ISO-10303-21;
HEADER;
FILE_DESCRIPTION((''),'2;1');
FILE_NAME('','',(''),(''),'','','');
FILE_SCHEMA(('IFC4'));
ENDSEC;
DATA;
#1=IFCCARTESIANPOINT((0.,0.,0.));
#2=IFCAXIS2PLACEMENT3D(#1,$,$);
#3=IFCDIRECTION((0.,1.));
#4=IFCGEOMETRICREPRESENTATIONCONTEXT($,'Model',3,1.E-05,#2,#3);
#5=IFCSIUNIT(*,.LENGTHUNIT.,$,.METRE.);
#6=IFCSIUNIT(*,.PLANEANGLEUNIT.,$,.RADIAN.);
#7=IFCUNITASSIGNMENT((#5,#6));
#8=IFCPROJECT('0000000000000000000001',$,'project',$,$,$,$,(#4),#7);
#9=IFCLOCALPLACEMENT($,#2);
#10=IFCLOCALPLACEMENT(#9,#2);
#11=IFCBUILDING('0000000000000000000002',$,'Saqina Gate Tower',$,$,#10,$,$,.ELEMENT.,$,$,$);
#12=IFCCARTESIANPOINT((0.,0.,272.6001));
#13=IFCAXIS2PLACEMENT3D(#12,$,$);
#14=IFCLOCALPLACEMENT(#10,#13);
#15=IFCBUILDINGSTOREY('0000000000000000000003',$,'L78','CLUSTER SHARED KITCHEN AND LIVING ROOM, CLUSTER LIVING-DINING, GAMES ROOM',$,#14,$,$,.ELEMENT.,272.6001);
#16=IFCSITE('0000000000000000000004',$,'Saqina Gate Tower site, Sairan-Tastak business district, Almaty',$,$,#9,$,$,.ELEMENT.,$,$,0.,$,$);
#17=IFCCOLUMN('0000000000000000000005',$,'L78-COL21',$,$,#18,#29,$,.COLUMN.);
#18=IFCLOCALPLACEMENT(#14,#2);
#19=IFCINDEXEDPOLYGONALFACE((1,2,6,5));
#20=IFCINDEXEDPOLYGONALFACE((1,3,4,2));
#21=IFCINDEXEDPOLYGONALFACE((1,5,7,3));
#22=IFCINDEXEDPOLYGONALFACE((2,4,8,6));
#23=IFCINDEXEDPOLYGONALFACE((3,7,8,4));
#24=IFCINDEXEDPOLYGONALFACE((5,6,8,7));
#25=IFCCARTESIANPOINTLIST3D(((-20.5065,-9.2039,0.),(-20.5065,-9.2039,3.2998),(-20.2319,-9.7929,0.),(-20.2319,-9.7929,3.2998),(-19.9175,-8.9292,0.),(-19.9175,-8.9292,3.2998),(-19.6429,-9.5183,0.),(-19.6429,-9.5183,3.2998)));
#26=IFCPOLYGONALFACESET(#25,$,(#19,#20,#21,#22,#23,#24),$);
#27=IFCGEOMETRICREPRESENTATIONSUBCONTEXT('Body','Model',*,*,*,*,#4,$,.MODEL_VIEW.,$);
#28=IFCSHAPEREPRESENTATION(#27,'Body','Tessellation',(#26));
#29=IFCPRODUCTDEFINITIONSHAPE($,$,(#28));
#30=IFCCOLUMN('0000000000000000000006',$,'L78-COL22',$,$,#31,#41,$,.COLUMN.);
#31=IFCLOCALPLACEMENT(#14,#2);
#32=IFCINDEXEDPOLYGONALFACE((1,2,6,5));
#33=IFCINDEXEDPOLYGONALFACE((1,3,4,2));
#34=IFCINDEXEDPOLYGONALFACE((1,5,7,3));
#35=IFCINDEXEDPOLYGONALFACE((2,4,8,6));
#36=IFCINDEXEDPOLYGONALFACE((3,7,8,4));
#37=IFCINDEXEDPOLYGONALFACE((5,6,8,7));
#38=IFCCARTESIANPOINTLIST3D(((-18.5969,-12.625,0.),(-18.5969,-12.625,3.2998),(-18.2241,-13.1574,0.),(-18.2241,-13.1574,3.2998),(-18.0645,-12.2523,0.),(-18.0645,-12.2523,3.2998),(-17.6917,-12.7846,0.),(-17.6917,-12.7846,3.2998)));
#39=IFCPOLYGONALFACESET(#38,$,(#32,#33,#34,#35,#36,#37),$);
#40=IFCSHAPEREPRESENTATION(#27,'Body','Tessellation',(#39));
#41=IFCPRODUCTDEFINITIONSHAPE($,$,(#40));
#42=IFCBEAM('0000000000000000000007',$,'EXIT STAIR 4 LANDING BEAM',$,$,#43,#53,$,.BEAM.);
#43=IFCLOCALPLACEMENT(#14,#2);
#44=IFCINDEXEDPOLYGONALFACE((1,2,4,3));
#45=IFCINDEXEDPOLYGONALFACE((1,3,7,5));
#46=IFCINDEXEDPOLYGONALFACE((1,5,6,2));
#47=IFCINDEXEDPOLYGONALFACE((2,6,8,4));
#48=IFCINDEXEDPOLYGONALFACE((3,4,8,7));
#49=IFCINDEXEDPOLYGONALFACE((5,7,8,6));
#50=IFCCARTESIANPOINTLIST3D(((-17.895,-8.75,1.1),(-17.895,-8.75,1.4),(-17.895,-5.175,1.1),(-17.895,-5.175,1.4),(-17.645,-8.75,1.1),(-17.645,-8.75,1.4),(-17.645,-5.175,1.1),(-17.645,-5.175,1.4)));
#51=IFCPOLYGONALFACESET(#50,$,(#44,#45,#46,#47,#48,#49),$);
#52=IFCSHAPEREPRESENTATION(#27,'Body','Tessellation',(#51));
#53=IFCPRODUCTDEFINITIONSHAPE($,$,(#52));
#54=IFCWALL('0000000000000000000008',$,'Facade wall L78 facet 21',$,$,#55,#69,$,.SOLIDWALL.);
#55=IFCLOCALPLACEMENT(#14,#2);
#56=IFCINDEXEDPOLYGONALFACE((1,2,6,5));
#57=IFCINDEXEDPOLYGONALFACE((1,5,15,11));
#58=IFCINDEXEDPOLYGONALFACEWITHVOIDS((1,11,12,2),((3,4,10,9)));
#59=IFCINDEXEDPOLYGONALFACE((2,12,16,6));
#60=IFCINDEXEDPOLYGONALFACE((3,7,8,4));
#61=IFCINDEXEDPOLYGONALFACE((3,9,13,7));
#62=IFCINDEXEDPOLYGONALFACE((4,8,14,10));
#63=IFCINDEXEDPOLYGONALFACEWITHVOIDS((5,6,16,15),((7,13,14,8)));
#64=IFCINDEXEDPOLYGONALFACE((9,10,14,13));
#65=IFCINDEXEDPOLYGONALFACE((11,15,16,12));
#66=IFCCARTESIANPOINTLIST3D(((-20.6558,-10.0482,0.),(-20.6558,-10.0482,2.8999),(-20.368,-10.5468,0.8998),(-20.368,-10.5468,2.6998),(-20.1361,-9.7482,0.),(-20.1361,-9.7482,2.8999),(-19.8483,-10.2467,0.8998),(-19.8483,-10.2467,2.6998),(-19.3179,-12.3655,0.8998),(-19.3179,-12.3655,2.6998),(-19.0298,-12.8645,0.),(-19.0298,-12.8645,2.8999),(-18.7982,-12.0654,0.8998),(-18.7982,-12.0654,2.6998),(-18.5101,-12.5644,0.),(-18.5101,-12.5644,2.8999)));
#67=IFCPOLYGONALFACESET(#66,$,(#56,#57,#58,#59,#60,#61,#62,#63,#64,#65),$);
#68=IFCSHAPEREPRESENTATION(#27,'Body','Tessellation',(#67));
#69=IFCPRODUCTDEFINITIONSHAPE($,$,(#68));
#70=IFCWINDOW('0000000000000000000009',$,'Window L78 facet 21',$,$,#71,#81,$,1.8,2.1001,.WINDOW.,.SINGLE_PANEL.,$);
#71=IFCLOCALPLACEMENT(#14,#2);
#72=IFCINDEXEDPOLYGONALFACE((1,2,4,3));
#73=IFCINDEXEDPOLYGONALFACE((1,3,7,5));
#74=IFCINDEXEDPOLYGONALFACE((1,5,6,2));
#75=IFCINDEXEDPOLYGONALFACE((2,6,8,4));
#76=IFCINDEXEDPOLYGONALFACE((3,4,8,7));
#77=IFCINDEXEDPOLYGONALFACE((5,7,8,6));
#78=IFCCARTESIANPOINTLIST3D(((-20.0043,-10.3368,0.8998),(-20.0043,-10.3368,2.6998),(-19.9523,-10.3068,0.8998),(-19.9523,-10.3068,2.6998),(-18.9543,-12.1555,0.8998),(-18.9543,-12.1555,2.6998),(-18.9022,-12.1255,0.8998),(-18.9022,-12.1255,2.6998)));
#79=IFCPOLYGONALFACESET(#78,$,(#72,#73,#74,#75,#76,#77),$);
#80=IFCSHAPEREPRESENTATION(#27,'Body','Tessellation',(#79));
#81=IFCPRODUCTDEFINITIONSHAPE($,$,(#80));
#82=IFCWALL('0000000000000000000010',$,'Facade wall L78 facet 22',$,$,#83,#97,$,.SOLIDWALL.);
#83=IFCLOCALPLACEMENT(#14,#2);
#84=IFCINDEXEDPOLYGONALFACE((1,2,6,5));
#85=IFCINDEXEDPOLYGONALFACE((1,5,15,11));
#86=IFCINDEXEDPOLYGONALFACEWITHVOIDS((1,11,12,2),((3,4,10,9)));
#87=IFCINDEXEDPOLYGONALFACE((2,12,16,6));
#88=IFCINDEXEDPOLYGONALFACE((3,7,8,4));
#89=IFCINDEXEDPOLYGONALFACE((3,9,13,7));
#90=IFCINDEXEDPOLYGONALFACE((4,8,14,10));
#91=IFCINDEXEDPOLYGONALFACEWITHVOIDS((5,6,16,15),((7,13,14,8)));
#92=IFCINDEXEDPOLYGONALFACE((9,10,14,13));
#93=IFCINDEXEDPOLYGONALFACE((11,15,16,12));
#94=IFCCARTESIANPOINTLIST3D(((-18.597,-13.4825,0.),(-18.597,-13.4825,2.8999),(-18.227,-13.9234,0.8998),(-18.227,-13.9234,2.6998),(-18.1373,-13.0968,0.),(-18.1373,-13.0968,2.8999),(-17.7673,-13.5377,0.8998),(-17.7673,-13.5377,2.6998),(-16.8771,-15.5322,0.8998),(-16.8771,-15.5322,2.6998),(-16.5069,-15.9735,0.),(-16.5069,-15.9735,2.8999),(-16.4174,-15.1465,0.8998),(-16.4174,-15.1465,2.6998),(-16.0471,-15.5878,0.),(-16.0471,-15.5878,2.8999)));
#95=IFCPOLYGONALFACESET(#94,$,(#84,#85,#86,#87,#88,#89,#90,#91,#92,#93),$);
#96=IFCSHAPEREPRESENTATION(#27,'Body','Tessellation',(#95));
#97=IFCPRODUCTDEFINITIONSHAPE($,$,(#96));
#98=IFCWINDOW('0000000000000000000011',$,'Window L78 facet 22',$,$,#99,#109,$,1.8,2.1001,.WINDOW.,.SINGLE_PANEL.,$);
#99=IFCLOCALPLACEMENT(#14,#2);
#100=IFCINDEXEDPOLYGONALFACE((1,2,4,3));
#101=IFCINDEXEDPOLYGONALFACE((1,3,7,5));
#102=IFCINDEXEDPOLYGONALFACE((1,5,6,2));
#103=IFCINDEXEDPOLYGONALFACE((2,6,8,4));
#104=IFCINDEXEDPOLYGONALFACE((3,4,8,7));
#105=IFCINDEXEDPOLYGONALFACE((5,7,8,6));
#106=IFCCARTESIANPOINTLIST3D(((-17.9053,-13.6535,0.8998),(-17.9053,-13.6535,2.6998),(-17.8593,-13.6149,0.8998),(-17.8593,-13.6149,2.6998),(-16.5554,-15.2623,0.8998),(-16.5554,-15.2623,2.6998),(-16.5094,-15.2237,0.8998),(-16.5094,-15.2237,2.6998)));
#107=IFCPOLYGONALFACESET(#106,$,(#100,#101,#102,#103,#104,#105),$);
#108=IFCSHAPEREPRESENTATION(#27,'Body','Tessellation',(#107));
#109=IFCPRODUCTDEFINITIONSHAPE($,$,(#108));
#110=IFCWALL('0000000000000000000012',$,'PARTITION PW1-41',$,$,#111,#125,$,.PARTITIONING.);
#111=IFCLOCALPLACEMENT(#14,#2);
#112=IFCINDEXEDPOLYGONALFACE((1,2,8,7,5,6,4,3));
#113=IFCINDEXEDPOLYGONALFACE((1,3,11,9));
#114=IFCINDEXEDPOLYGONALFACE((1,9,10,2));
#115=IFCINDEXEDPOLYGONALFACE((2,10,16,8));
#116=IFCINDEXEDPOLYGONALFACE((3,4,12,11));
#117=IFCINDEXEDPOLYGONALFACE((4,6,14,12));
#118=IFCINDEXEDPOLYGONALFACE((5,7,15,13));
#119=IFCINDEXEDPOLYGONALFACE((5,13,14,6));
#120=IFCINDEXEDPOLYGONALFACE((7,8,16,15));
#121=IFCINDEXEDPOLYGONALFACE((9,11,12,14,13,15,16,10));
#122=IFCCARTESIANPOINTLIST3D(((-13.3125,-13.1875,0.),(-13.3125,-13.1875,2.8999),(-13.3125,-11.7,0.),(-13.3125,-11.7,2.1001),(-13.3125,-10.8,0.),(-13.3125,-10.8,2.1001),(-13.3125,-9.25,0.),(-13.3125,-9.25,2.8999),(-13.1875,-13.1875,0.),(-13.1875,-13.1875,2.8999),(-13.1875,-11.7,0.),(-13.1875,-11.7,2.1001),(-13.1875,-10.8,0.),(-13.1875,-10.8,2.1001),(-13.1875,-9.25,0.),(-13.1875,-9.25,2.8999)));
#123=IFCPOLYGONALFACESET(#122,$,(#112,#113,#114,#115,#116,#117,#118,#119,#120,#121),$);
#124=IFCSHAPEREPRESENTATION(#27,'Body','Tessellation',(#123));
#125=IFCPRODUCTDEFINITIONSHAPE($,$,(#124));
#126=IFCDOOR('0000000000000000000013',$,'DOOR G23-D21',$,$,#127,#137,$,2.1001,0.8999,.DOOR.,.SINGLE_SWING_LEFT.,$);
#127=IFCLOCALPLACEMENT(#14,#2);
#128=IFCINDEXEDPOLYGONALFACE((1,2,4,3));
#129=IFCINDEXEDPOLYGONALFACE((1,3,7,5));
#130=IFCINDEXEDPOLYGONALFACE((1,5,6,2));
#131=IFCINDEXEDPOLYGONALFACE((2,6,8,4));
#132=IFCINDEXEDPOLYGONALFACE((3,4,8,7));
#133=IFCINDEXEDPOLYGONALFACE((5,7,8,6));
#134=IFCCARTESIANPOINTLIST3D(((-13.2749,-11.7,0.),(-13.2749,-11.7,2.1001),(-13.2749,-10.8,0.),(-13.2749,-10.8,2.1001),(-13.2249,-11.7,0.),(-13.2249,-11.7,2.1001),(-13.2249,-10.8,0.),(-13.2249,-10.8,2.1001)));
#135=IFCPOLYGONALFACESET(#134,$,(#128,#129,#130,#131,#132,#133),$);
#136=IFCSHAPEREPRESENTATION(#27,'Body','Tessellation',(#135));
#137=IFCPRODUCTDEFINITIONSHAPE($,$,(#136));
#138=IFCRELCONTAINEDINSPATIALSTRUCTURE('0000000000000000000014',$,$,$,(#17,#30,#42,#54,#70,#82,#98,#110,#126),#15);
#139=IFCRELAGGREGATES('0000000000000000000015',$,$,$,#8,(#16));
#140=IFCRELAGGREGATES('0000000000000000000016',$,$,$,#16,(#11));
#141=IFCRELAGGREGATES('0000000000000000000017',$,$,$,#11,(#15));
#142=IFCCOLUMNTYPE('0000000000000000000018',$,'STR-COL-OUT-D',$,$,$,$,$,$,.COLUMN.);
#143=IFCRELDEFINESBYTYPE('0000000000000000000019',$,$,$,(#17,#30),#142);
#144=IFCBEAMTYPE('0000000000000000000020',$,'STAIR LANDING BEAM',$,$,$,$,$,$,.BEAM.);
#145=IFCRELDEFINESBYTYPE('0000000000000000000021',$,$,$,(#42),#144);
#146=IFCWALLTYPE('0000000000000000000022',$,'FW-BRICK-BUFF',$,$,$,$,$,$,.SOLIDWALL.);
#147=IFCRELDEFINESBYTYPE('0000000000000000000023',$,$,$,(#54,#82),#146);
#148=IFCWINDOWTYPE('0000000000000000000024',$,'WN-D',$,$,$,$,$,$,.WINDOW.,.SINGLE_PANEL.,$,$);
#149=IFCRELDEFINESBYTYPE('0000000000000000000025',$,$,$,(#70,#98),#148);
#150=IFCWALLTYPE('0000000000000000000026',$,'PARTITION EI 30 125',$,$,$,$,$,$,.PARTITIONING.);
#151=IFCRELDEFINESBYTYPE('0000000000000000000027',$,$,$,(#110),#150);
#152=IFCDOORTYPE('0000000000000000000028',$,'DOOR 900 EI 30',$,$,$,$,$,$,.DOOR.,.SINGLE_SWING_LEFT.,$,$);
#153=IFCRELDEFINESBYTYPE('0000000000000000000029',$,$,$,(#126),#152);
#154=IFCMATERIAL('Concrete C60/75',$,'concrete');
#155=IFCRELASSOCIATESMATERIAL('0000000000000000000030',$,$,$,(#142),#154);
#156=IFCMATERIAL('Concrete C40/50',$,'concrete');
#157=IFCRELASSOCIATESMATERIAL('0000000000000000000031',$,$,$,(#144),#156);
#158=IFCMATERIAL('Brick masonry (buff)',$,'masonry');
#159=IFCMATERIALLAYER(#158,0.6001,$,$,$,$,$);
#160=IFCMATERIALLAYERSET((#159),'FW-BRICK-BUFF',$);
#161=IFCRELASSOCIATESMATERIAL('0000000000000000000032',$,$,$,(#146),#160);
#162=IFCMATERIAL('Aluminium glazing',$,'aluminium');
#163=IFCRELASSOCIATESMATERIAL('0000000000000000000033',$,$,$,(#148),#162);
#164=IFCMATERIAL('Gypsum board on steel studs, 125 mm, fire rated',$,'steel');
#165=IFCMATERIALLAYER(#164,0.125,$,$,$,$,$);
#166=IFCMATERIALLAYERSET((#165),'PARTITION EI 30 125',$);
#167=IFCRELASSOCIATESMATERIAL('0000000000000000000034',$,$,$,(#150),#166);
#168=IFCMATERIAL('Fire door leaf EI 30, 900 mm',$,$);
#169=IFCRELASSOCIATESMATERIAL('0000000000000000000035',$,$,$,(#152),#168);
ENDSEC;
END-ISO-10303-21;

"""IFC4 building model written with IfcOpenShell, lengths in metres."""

from ifc_helpers import new_model, si_unit, direction, frame, frame_2d, origin, origin_2d, place, context, subcontext, project, spatial, rectangle, extrude, material, layer, layer_set, material_profile, profile_set, type_object, element, fill, save


model = new_model("IFC4")

# Units and contexts
model_context = context("Model", 3, precision=1e-05, world=origin(), true_north=direction((0.0, 1.0)))
body_context = subcontext(model_context, "Body", "Model", "MODEL_VIEW")
ifc_project = project(units=[si_unit("LENGTHUNIT", "METRE"), si_unit("PLANEANGLEUNIT", "RADIAN")], contexts=[model_context])

# Site, building, storey
site_placement = place(None, origin())
site = spatial("IfcSite", under=ifc_project, at=site_placement, Name="Saqina Gate Tower site, Sairan-Tastak business district, Almaty", CompositionType="ELEMENT", RefElevation=0.0)
building_placement = place(site_placement, origin())
building = spatial("IfcBuilding", under=site, at=building_placement, Name="Saqina Gate Tower", CompositionType="ELEMENT")
storey_placement = place(building_placement, frame((0.0, 0.0, 272.6001)))
storey = spatial("IfcBuildingStorey", under=building, at=storey_placement, Name="L78", Description="CLUSTER SHARED KITCHEN AND LIVING ROOM, CLUSTER LIVING-DINING, GAMES ROOM", CompositionType="ELEMENT", Elevation=272.6001)

# Columns
ifc_material_1 = material(Name="Concrete C60/75", Category="concrete")
ifc_material_profile_1 = material_profile(ifc_material_1, rectangle(XDim=0.6499, YDim=0.6499, at=origin_2d()), Name="RC 650x650")
ifc_profile_set_1 = profile_set([ifc_material_profile_1], Name="Concrete C60/75")
column_type = type_object("IfcColumnType", Name="STR-COL-OUT-D", PredefinedType="COLUMN", material=ifc_profile_set_1)
for number, where, z_axis, x_axis, name in (
    (1, (-20.0747, -9.3611, 0.0), (0.0, 0.0, 1.0), (-0.906308, -0.422618, 0.0), "L78-COL21"),
    (2, (-18.1443, -12.7048, 0.0), (0.0, 0.0, 1.0), (-0.819152, -0.573576, 0.0), "L78-COL22"),
):
    element("IfcColumn", number, at=place(storey_placement, frame(where, z_axis=z_axis, x_axis=x_axis)), inside=storey, type_object=column_type, Name=name, PredefinedType="COLUMN", context=body_context, shape_type="SweptSolid", body=[
        extrude(rectangle(XDim=0.6499, YDim=0.6499, at=origin_2d()), origin(), (0.0, 0.0, 1.0), 3.2998),
    ])

# Beam
ifc_material_2 = material(Name="Concrete C40/50", Category="concrete")
ifc_material_profile_2 = material_profile(ifc_material_2, rectangle(XDim=0.25, YDim=0.3, at=origin_2d()), Name="STAIR LANDING BEAM")
ifc_profile_set_2 = profile_set([ifc_material_profile_2], Name="Concrete C40/50")
beam_type = type_object("IfcBeamType", Name="STAIR LANDING BEAM", PredefinedType="BEAM", material=ifc_profile_set_2)
beam_placement = place(storey_placement, frame((-17.77, -8.75, 1.25), z_axis=(0.0, 1.0, 0.0), x_axis=(-1.0, 0.0, 0.0)))
element("IfcBeam", 3, at=beam_placement, inside=storey, type_object=beam_type, Name="EXIT STAIR 4 LANDING BEAM", PredefinedType="BEAM", context=body_context, shape_type="SweptSolid", body=[
    extrude(rectangle(XDim=0.25, YDim=0.3, at=origin_2d()), origin(), (0.0, 0.0, 1.0), 3.575),
])

# Walls, openings, windows
ifc_material_3 = material(Name="Brick masonry (buff)", Category="masonry")
ifc_layer_1 = layer(ifc_material_3, 0.6001)
ifc_layer_set_1 = layer_set([ifc_layer_1], Name="FW-BRICK-BUFF")
wall_type_1 = type_object("IfcWallType", Name="FW-BRICK-BUFF", PredefinedType="SOLIDWALL", material=ifc_layer_set_1)
wall_1_placement = place(storey_placement, frame((-20.396, -9.8982, 0.0), z_axis=(0.0, 0.0, 1.0), x_axis=(0.500015, -0.866017, 0.0)))
wall_1 = element("IfcWall", 4, at=wall_1_placement, inside=storey, type_object=wall_type_1, Name="Facade wall L78 facet 21", PredefinedType="SOLIDWALL", context=body_context, shape_type="SweptSolid", body=[
    extrude(rectangle(XDim=3.252, YDim=0.6001, at=frame_2d((1.626, 0.0))), origin(), (0.0, 0.0, 1.0), 2.8999),
])
opening_1_placement = place(wall_1_placement, frame((0.5757, 0.0, 0.8999)))
opening_1 = element("IfcOpeningElement", 5, at=opening_1_placement, cuts=wall_1, PredefinedType="OPENING", context=body_context, shape_type="SweptSolid", body=[
    extrude(rectangle(XDim=2.1001, YDim=1.8, at=frame_2d((1.05, 0.8999))), frame((0.0, 0.312, 0.0), z_axis=(0.0, -1.0, 0.0), x_axis=(1.0, 0.0, 0.0)), (0.0, 0.0, 1.0), 0.624),
])
ifc_material_4 = material(Name="Aluminium glazing", Category="aluminium")
window_type = type_object("IfcWindowType", Name="WN-D", PartitioningType="SINGLE_PANEL", PredefinedType="WINDOW", material=ifc_material_4)
window_1_placement = place(opening_1_placement, origin())
window_1 = element("IfcWindow", 6, at=window_1_placement, inside=storey, type_object=window_type, Name="Window L78 facet 21", OverallHeight=1.8, OverallWidth=2.1001, PartitioningType="SINGLE_PANEL", PredefinedType="WINDOW", context=body_context, shape_type="SweptSolid", body=[
    extrude(rectangle(XDim=2.1001, YDim=1.8, at=frame_2d((1.05, 0.8999))), frame((0.0, 0.1799, 0.0), z_axis=(0.0, -1.0, 0.0), x_axis=(1.0, 0.0, 0.0)), (0.0, 0.0, 1.0), 0.0601),
])
fill(opening_1, window_1)
wall_2_placement = place(storey_placement, frame((-18.3672, -13.2896, 0.0), z_axis=(0.0, 0.0, 1.0), x_axis=(0.642773, -0.766057, 0.0)))
wall_2 = element("IfcWall", 7, at=wall_2_placement, inside=storey, type_object=wall_type_1, Name="Facade wall L78 facet 22", PredefinedType="SOLIDWALL", context=body_context, shape_type="SweptSolid", body=[
    extrude(rectangle(XDim=3.2517, YDim=0.6001, at=frame_2d((1.626, 0.0))), origin(), (0.0, 0.0, 1.0), 2.8999),
])
opening_2_placement = place(wall_2_placement, frame((0.5757, 0.0, 0.8999)))
opening_2 = element("IfcOpeningElement", 8, at=opening_2_placement, cuts=wall_2, PredefinedType="OPENING", context=body_context, shape_type="SweptSolid", body=[
    extrude(rectangle(XDim=2.1001, YDim=1.8, at=frame_2d((1.05, 0.8999))), frame((0.0, 0.312, 0.0), z_axis=(0.0, -1.0, 0.0), x_axis=(1.0, 0.0, 0.0)), (0.0, 0.0, 1.0), 0.624),
])
window_2_placement = place(opening_2_placement, origin())
window_2 = element("IfcWindow", 9, at=window_2_placement, inside=storey, type_object=window_type, Name="Window L78 facet 22", OverallHeight=1.8, OverallWidth=2.1001, PartitioningType="SINGLE_PANEL", PredefinedType="WINDOW", context=body_context, shape_type="SweptSolid", body=[
    extrude(rectangle(XDim=2.1001, YDim=1.8, at=frame_2d((1.05, 0.8999))), frame((0.0, 0.1799, 0.0), z_axis=(0.0, -1.0, 0.0), x_axis=(1.0, 0.0, 0.0)), (0.0, 0.0, 1.0), 0.0601),
])
fill(opening_2, window_2)

# Wall, opening, door
ifc_material_5 = material(Name="Gypsum board on steel studs, 125 mm, fire rated", Category="steel")
ifc_layer_2 = layer(ifc_material_5, 0.125)
ifc_layer_set_2 = layer_set([ifc_layer_2], Name="PARTITION EI 30 125")
wall_type_2 = type_object("IfcWallType", Name="PARTITION EI 30 125", PredefinedType="PARTITIONING", material=ifc_layer_set_2)
wall_3_placement = place(storey_placement, frame((-13.25, -13.1875, 0.0), z_axis=(0.0, 0.0, 1.0), x_axis=(0.0, 1.0, 0.0)))
wall_3 = element("IfcWall", 10, at=wall_3_placement, inside=storey, type_object=wall_type_2, Name="PARTITION PW1-41", PredefinedType="PARTITIONING", context=body_context, shape_type="SweptSolid", body=[
    extrude(rectangle(XDim=3.9375, YDim=0.125, at=frame_2d((1.9688, 0.0))), origin(), (0.0, 0.0, 1.0), 2.8999),
])
opening_3_placement = place(wall_3_placement, frame((1.4875, 0.0, 0.0)))
opening_3 = element("IfcOpeningElement", 11, at=opening_3_placement, cuts=wall_3, PredefinedType="OPENING", context=body_context, shape_type="SweptSolid", body=[
    extrude(rectangle(XDim=0.8999, YDim=2.1001, at=frame_2d((0.45, 1.05))), frame((0.0, 0.0745, 0.0), z_axis=(0.0, -1.0, 0.0), x_axis=(1.0, 0.0, 0.0)), (0.0, 0.0, 1.0), 0.1489),
])
ifc_material_6 = material(Name="Fire door leaf EI 30, 900 mm")
door_type_1 = type_object("IfcDoorType", Name="DOOR 900 EI 30", OperationType="SINGLE_SWING_LEFT", PredefinedType="DOOR", material=ifc_material_6)
door_1_placement = place(opening_3_placement, origin())
door_1 = element("IfcDoor", 12, at=door_1_placement, inside=storey, type_object=door_type_1, Name="DOOR G23-D21", OperationType="SINGLE_SWING_LEFT", OverallHeight=2.1001, OverallWidth=0.8999, PredefinedType="DOOR", context=body_context, shape_type="SweptSolid", body=[
    extrude(rectangle(XDim=0.8999, YDim=2.1001, at=frame_2d((0.45, 1.05))), frame((0.0, 0.0249, 0.0), z_axis=(0.0, -1.0, 0.0), x_axis=(1.0, 0.0, 0.0)), (0.0, 0.0, 1.0), 0.05),
])
fill(opening_3, door_1)

save(model, "model.ifc")
